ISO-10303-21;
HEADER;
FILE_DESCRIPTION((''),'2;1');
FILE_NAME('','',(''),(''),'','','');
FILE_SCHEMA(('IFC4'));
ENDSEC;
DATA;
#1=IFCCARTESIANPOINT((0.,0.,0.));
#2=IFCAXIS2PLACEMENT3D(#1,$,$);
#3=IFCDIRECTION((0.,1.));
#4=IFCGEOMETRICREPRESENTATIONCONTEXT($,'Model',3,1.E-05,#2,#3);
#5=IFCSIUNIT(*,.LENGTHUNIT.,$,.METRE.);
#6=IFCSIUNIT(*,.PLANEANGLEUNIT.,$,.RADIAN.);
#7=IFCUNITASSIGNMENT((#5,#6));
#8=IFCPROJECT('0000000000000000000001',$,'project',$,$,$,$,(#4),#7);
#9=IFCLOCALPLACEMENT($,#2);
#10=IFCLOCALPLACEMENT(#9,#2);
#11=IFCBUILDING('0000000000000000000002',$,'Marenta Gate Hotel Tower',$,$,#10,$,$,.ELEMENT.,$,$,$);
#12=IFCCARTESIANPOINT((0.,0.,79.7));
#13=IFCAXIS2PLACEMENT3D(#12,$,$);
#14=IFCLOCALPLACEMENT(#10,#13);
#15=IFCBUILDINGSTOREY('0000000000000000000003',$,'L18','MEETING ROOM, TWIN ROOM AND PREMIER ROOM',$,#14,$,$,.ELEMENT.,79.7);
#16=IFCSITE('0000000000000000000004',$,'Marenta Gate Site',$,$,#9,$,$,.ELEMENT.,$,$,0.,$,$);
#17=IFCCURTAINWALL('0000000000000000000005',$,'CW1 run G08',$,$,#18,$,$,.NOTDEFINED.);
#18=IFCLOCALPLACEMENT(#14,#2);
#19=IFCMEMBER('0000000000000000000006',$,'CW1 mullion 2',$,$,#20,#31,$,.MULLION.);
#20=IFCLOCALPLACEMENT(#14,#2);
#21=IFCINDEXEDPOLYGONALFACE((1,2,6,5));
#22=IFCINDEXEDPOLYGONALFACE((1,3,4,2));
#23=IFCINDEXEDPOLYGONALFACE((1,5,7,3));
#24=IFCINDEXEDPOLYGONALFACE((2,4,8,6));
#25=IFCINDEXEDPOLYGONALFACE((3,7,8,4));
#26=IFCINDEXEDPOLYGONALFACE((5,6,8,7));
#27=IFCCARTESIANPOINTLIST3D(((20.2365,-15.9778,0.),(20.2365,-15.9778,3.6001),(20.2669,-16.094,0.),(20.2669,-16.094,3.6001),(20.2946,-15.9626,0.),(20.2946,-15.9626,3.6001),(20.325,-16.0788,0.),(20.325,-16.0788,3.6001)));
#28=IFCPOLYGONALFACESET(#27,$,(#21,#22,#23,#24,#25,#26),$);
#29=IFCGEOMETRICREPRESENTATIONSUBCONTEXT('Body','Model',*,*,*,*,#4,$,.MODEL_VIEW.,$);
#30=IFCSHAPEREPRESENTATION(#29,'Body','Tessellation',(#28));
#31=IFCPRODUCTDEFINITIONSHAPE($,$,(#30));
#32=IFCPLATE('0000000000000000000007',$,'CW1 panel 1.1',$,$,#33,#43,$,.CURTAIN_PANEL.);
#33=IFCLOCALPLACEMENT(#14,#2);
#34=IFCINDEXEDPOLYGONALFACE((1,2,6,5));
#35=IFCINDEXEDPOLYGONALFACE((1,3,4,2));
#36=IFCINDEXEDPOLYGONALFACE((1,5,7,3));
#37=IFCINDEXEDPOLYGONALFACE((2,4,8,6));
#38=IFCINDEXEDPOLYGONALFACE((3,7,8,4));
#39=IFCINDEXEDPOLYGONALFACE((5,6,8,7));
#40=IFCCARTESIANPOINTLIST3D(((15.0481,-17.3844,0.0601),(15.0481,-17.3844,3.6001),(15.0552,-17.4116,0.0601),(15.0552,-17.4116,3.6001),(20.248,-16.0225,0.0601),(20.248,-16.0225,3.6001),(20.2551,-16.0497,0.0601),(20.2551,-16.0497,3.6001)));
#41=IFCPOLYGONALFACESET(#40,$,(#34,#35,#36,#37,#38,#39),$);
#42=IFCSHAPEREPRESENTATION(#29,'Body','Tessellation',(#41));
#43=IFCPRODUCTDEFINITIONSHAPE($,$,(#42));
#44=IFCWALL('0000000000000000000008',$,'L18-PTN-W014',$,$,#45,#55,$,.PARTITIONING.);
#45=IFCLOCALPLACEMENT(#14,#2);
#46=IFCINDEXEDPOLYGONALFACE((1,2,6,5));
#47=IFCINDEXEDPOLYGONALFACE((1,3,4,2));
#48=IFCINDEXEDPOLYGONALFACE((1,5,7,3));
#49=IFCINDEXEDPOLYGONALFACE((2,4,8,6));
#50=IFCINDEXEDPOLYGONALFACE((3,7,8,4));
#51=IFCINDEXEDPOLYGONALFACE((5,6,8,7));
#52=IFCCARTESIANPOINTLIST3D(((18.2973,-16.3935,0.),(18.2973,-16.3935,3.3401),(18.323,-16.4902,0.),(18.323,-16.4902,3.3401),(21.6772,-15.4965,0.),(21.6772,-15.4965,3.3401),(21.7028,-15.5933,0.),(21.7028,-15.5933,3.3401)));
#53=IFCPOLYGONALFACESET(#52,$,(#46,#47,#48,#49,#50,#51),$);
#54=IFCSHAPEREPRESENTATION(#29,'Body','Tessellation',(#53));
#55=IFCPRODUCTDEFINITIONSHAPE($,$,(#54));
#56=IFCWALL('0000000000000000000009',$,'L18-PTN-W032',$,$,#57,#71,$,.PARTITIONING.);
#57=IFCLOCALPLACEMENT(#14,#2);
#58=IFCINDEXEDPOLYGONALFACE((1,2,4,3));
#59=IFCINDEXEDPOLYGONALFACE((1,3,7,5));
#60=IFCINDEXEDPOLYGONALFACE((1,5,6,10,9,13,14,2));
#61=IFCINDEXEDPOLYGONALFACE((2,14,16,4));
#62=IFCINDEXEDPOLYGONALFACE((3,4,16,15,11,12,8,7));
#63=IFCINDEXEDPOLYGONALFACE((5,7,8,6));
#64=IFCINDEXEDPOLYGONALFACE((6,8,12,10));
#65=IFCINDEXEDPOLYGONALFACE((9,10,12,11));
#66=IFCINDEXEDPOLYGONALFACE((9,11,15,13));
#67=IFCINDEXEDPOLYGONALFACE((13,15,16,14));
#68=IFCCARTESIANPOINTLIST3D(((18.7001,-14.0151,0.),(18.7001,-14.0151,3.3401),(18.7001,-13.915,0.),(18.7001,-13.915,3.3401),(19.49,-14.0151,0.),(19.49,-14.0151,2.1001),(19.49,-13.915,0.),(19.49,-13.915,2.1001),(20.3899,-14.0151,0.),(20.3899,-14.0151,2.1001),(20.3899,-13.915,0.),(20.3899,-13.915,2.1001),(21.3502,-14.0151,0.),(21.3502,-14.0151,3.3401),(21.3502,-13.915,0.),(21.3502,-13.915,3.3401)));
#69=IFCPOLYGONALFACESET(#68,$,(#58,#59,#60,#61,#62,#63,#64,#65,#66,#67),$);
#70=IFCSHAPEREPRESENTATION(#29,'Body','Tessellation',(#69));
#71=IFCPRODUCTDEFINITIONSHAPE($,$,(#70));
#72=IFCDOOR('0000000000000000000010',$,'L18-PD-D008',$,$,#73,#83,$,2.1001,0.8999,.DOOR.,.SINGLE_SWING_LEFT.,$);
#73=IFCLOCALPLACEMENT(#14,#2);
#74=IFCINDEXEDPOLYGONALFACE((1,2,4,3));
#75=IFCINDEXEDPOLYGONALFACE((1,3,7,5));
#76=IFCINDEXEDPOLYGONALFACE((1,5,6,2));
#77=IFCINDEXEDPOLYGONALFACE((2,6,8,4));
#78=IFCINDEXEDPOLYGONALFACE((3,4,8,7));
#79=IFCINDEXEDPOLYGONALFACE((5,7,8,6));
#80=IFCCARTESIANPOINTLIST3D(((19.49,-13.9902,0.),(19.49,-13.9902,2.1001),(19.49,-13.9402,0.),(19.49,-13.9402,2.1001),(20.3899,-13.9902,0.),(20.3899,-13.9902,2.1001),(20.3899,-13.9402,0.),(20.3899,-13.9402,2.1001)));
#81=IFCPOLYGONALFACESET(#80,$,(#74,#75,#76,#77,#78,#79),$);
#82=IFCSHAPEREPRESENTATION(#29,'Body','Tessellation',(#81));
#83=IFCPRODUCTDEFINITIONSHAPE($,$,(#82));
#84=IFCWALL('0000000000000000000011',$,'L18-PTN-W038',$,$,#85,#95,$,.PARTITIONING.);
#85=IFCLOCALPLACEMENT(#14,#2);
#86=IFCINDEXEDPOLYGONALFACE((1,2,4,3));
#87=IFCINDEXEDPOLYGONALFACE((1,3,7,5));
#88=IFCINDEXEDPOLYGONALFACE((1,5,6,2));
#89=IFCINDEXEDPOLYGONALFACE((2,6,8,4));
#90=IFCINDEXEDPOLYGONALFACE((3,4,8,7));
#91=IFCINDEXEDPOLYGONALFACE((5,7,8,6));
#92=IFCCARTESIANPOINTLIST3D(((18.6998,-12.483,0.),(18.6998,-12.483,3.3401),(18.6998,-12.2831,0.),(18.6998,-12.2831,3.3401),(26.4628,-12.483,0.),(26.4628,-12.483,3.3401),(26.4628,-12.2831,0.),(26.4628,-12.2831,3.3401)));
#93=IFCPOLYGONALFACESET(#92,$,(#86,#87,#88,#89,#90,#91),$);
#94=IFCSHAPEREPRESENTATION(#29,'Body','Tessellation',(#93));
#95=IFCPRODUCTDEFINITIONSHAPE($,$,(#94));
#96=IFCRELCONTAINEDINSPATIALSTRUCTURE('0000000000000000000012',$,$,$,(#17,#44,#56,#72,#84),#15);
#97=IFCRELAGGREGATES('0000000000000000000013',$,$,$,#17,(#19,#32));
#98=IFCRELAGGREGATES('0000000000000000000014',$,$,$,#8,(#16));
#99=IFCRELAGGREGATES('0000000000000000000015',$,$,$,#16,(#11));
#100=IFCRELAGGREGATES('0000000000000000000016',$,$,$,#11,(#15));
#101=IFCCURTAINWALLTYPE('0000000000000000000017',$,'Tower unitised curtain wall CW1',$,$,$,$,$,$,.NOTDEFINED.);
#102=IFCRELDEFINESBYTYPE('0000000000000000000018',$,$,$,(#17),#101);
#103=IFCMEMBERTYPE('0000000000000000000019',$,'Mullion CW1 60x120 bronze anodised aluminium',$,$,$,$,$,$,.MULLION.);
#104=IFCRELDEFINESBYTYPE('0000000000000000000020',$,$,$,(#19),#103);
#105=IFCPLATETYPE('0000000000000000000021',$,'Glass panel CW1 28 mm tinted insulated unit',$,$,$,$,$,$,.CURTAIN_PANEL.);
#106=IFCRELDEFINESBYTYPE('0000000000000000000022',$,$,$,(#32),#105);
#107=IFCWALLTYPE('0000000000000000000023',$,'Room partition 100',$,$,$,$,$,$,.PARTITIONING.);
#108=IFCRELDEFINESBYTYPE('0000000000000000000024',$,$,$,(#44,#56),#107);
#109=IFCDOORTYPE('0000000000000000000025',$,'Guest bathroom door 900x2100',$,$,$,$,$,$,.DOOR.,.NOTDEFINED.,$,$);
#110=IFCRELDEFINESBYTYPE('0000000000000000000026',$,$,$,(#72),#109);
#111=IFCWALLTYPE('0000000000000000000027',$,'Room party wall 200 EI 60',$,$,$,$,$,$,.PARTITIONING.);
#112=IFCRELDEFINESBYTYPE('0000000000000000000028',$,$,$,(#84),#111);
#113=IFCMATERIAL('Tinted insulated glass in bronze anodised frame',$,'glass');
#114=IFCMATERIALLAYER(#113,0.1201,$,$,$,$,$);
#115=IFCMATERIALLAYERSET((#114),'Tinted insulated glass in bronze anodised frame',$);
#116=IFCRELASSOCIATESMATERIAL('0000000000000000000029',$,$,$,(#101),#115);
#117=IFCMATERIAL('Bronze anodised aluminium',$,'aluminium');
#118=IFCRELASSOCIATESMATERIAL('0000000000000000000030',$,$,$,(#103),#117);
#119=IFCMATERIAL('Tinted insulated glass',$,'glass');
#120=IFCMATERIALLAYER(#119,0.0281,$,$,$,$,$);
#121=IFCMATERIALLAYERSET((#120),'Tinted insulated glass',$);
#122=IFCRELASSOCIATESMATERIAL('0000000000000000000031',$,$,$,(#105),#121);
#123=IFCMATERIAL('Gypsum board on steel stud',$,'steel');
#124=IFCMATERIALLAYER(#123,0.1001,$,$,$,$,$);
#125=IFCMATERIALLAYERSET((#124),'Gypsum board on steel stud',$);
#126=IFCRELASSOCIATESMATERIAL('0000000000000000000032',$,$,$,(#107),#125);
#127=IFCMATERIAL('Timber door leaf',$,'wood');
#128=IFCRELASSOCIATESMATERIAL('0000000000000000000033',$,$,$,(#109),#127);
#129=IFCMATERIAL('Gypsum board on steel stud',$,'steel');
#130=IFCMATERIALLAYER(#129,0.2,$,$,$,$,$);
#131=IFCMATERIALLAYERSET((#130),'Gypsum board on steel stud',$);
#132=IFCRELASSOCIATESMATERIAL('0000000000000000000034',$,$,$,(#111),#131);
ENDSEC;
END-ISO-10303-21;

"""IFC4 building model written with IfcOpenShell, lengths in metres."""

from ifc_helpers import new_model, si_unit, direction, frame, frame_2d, origin, origin_2d, place, context, subcontext, project, spatial, rectangle, extrude, material, layer, layer_set, material_profile, profile_set, type_object, element, fill, aggregate, save


model = new_model("IFC4")

# Units and contexts
model_context = context("Model", 3, precision=1e-05, world=origin(), true_north=direction((0.0, 1.0)))
body_context = subcontext(model_context, "Body", "Model", "MODEL_VIEW")
ifc_project = project(units=[si_unit("LENGTHUNIT", "METRE"), si_unit("PLANEANGLEUNIT", "RADIAN")], contexts=[model_context])

# Site, building, storey
site_placement = place(None, origin())
site = spatial("IfcSite", under=ifc_project, at=site_placement, Name="Marenta Gate Site", CompositionType="ELEMENT", RefElevation=0.0)
building_placement = place(site_placement, origin())
building = spatial("IfcBuilding", under=site, at=building_placement, Name="Marenta Gate Hotel Tower", CompositionType="ELEMENT")
storey_placement = place(building_placement, frame((0.0, 0.0, 79.7)))
storey = spatial("IfcBuildingStorey", under=building, at=storey_placement, Name="L18", Description="MEETING ROOM, TWIN ROOM AND PREMIER ROOM", CompositionType="ELEMENT", Elevation=79.7)

# Curtain wall, member, plate
ifc_material_1 = material(Name="Tinted insulated glass in bronze anodised frame", Category="glass")
ifc_layer_1 = layer(ifc_material_1, 0.1201)
ifc_layer_set_1 = layer_set([ifc_layer_1], Name="Tinted insulated glass in bronze anodised frame")
curtain_wall_type = type_object("IfcCurtainWallType", Name="Tower unitised curtain wall CW1", PredefinedType="NOTDEFINED", material=ifc_layer_set_1)
curtain_wall_placement = place(storey_placement, origin())
curtain_wall = element("IfcCurtainWall", 1, at=curtain_wall_placement, inside=storey, type_object=curtain_wall_type, Name="CW1 run G08", PredefinedType="NOTDEFINED")
ifc_material_2 = material(Name="Bronze anodised aluminium", Category="aluminium")
ifc_material_profile = material_profile(ifc_material_2, rectangle(XDim=0.1201, YDim=0.0601, at=origin_2d()), Name="Mullion CW1 60x120 bronze anodised aluminium")
ifc_profile_set = profile_set([ifc_material_profile], Name="Bronze anodised aluminium")
member_type = type_object("IfcMemberType", Name="Mullion CW1 60x120 bronze anodised aluminium", PredefinedType="MULLION", material=ifc_profile_set)
member_placement = place(storey_placement, frame((20.2808, -16.0283, 0.0), z_axis=(0.0, 0.0, 1.0), x_axis=(-0.253372, 0.967369, 0.0)))
member = element("IfcMember", 2, at=member_placement, type_object=member_type, Name="CW1 mullion 2", PredefinedType="MULLION", context=body_context, shape_type="SweptSolid", body=[
    extrude(rectangle(XDim=0.1201, YDim=0.0601, at=origin_2d()), origin(), (0.0, 0.0, 1.0), 3.6001),
])
ifc_material_3 = material(Name="Tinted insulated glass", Category="glass")
ifc_layer_2 = layer(ifc_material_3, 0.0281)
ifc_layer_set_2 = layer_set([ifc_layer_2], Name="Tinted insulated glass")
plate_type = type_object("IfcPlateType", Name="Glass panel CW1 28 mm tinted insulated unit", PredefinedType="CURTAIN_PANEL", material=ifc_layer_set_2)
plate_placement = place(storey_placement, frame((17.6516, -16.717, 0.0601), z_axis=(0.0, 0.0, 1.0), x_axis=(0.967369, 0.253372, 0.0)))
plate = element("IfcPlate", 3, at=plate_placement, type_object=plate_type, Name="CW1 panel 1.1", PredefinedType="CURTAIN_PANEL", context=body_context, shape_type="SweptSolid", body=[
    extrude(rectangle(XDim=5.3752, YDim=0.0281, at=origin_2d()), origin(), (0.0, 0.0, 1.0), 3.54),
])
aggregate(curtain_wall, [member, plate])

# Wall
ifc_material_4 = material(Name="Gypsum board on steel stud", Category="steel")
ifc_layer_3 = layer(ifc_material_4, 0.1001)
ifc_layer_set_3 = layer_set([ifc_layer_3], Name="Gypsum board on steel stud")
wall_type_1 = type_object("IfcWallType", Name="Room partition 100", PredefinedType="PARTITIONING", material=ifc_layer_set_3)
wall_1_placement = place(storey_placement, frame((18.3101, -16.4419, 0.0), z_axis=(0.0, 0.0, 1.0), x_axis=(0.966542, 0.256507, 0.0)))
element("IfcWall", 4, at=wall_1_placement, inside=storey, type_object=wall_type_1, Name="L18-PTN-W014", PredefinedType="PARTITIONING", context=body_context, shape_type="SweptSolid", body=[
    extrude(rectangle(XDim=3.4968, YDim=0.1001, at=frame_2d((1.7485, 0.0))), origin(), (0.0, 0.0, 1.0), 3.3401),
])

# Wall, opening, door
wall_2_placement = place(storey_placement, frame((18.7, -13.9651, 0.0), z_axis=(0.0, 0.0, 1.0), x_axis=(1.0, 0.0, 0.0)))
wall_2 = element("IfcWall", 5, at=wall_2_placement, inside=storey, type_object=wall_type_1, Name="L18-PTN-W032", PredefinedType="PARTITIONING", context=body_context, shape_type="SweptSolid", body=[
    extrude(rectangle(XDim=2.6501, YDim=0.1001, at=frame_2d((1.3252, 0.0))), origin(), (0.0, 0.0, 1.0), 3.3401),
])
opening_1_placement = place(wall_2_placement, frame((0.79, 0.0, 0.0)))
opening_1 = element("IfcOpeningElement", 6, at=opening_1_placement, cuts=wall_2, PredefinedType="OPENING", context=body_context, shape_type="SweptSolid", body=[
    extrude(rectangle(XDim=0.8999, YDim=2.1001, at=frame_2d((0.45, 1.05))), frame((0.0, 0.05, 0.0), z_axis=(0.0, -1.0, 0.0), x_axis=(1.0, 0.0, 0.0)), (0.0, 0.0, 1.0), 0.1001),
])
ifc_material_5 = material(Name="Timber door leaf", Category="wood")
door_type_1 = type_object("IfcDoorType", Name="Guest bathroom door 900x2100", OperationType="NOTDEFINED", PredefinedType="DOOR", material=ifc_material_5)
door_1_placement = place(opening_1_placement, origin())
door_1 = element("IfcDoor", 7, at=door_1_placement, inside=storey, type_object=door_type_1, Name="L18-PD-D008", OperationType="SINGLE_SWING_LEFT", OverallHeight=2.1001, OverallWidth=0.8999, PredefinedType="DOOR", context=body_context, shape_type="SweptSolid", body=[
    extrude(rectangle(XDim=0.8999, YDim=2.1001, at=frame_2d((0.45, 1.05))), frame((0.0, 0.0249, 0.0), z_axis=(0.0, -1.0, 0.0), x_axis=(1.0, 0.0, 0.0)), (0.0, 0.0, 1.0), 0.05),
])
fill(opening_1, door_1)

# Wall
ifc_material_6 = material(Name="Gypsum board on steel stud", Category="steel")
ifc_layer_4 = layer(ifc_material_6, 0.2)
ifc_layer_set_4 = layer_set([ifc_layer_4], Name="Gypsum board on steel stud")
wall_type_2 = type_object("IfcWallType", Name="Room party wall 200 EI 60", PredefinedType="PARTITIONING", material=ifc_layer_set_4)
wall_3_placement = place(storey_placement, frame((18.7, -12.3831, 0.0), z_axis=(0.0, 0.0, 1.0), x_axis=(1.0, 0.0, 0.0)))
element("IfcWall", 8, at=wall_3_placement, inside=storey, type_object=wall_type_2, Name="L18-PTN-W038", PredefinedType="PARTITIONING", context=body_context, shape_type="SweptSolid", body=[
    extrude(rectangle(XDim=7.7629, YDim=0.2, at=frame_2d((3.8813, 0.0))), origin(), (0.0, 0.0, 1.0), 3.3401),
])

save(model, "model.ifc")
